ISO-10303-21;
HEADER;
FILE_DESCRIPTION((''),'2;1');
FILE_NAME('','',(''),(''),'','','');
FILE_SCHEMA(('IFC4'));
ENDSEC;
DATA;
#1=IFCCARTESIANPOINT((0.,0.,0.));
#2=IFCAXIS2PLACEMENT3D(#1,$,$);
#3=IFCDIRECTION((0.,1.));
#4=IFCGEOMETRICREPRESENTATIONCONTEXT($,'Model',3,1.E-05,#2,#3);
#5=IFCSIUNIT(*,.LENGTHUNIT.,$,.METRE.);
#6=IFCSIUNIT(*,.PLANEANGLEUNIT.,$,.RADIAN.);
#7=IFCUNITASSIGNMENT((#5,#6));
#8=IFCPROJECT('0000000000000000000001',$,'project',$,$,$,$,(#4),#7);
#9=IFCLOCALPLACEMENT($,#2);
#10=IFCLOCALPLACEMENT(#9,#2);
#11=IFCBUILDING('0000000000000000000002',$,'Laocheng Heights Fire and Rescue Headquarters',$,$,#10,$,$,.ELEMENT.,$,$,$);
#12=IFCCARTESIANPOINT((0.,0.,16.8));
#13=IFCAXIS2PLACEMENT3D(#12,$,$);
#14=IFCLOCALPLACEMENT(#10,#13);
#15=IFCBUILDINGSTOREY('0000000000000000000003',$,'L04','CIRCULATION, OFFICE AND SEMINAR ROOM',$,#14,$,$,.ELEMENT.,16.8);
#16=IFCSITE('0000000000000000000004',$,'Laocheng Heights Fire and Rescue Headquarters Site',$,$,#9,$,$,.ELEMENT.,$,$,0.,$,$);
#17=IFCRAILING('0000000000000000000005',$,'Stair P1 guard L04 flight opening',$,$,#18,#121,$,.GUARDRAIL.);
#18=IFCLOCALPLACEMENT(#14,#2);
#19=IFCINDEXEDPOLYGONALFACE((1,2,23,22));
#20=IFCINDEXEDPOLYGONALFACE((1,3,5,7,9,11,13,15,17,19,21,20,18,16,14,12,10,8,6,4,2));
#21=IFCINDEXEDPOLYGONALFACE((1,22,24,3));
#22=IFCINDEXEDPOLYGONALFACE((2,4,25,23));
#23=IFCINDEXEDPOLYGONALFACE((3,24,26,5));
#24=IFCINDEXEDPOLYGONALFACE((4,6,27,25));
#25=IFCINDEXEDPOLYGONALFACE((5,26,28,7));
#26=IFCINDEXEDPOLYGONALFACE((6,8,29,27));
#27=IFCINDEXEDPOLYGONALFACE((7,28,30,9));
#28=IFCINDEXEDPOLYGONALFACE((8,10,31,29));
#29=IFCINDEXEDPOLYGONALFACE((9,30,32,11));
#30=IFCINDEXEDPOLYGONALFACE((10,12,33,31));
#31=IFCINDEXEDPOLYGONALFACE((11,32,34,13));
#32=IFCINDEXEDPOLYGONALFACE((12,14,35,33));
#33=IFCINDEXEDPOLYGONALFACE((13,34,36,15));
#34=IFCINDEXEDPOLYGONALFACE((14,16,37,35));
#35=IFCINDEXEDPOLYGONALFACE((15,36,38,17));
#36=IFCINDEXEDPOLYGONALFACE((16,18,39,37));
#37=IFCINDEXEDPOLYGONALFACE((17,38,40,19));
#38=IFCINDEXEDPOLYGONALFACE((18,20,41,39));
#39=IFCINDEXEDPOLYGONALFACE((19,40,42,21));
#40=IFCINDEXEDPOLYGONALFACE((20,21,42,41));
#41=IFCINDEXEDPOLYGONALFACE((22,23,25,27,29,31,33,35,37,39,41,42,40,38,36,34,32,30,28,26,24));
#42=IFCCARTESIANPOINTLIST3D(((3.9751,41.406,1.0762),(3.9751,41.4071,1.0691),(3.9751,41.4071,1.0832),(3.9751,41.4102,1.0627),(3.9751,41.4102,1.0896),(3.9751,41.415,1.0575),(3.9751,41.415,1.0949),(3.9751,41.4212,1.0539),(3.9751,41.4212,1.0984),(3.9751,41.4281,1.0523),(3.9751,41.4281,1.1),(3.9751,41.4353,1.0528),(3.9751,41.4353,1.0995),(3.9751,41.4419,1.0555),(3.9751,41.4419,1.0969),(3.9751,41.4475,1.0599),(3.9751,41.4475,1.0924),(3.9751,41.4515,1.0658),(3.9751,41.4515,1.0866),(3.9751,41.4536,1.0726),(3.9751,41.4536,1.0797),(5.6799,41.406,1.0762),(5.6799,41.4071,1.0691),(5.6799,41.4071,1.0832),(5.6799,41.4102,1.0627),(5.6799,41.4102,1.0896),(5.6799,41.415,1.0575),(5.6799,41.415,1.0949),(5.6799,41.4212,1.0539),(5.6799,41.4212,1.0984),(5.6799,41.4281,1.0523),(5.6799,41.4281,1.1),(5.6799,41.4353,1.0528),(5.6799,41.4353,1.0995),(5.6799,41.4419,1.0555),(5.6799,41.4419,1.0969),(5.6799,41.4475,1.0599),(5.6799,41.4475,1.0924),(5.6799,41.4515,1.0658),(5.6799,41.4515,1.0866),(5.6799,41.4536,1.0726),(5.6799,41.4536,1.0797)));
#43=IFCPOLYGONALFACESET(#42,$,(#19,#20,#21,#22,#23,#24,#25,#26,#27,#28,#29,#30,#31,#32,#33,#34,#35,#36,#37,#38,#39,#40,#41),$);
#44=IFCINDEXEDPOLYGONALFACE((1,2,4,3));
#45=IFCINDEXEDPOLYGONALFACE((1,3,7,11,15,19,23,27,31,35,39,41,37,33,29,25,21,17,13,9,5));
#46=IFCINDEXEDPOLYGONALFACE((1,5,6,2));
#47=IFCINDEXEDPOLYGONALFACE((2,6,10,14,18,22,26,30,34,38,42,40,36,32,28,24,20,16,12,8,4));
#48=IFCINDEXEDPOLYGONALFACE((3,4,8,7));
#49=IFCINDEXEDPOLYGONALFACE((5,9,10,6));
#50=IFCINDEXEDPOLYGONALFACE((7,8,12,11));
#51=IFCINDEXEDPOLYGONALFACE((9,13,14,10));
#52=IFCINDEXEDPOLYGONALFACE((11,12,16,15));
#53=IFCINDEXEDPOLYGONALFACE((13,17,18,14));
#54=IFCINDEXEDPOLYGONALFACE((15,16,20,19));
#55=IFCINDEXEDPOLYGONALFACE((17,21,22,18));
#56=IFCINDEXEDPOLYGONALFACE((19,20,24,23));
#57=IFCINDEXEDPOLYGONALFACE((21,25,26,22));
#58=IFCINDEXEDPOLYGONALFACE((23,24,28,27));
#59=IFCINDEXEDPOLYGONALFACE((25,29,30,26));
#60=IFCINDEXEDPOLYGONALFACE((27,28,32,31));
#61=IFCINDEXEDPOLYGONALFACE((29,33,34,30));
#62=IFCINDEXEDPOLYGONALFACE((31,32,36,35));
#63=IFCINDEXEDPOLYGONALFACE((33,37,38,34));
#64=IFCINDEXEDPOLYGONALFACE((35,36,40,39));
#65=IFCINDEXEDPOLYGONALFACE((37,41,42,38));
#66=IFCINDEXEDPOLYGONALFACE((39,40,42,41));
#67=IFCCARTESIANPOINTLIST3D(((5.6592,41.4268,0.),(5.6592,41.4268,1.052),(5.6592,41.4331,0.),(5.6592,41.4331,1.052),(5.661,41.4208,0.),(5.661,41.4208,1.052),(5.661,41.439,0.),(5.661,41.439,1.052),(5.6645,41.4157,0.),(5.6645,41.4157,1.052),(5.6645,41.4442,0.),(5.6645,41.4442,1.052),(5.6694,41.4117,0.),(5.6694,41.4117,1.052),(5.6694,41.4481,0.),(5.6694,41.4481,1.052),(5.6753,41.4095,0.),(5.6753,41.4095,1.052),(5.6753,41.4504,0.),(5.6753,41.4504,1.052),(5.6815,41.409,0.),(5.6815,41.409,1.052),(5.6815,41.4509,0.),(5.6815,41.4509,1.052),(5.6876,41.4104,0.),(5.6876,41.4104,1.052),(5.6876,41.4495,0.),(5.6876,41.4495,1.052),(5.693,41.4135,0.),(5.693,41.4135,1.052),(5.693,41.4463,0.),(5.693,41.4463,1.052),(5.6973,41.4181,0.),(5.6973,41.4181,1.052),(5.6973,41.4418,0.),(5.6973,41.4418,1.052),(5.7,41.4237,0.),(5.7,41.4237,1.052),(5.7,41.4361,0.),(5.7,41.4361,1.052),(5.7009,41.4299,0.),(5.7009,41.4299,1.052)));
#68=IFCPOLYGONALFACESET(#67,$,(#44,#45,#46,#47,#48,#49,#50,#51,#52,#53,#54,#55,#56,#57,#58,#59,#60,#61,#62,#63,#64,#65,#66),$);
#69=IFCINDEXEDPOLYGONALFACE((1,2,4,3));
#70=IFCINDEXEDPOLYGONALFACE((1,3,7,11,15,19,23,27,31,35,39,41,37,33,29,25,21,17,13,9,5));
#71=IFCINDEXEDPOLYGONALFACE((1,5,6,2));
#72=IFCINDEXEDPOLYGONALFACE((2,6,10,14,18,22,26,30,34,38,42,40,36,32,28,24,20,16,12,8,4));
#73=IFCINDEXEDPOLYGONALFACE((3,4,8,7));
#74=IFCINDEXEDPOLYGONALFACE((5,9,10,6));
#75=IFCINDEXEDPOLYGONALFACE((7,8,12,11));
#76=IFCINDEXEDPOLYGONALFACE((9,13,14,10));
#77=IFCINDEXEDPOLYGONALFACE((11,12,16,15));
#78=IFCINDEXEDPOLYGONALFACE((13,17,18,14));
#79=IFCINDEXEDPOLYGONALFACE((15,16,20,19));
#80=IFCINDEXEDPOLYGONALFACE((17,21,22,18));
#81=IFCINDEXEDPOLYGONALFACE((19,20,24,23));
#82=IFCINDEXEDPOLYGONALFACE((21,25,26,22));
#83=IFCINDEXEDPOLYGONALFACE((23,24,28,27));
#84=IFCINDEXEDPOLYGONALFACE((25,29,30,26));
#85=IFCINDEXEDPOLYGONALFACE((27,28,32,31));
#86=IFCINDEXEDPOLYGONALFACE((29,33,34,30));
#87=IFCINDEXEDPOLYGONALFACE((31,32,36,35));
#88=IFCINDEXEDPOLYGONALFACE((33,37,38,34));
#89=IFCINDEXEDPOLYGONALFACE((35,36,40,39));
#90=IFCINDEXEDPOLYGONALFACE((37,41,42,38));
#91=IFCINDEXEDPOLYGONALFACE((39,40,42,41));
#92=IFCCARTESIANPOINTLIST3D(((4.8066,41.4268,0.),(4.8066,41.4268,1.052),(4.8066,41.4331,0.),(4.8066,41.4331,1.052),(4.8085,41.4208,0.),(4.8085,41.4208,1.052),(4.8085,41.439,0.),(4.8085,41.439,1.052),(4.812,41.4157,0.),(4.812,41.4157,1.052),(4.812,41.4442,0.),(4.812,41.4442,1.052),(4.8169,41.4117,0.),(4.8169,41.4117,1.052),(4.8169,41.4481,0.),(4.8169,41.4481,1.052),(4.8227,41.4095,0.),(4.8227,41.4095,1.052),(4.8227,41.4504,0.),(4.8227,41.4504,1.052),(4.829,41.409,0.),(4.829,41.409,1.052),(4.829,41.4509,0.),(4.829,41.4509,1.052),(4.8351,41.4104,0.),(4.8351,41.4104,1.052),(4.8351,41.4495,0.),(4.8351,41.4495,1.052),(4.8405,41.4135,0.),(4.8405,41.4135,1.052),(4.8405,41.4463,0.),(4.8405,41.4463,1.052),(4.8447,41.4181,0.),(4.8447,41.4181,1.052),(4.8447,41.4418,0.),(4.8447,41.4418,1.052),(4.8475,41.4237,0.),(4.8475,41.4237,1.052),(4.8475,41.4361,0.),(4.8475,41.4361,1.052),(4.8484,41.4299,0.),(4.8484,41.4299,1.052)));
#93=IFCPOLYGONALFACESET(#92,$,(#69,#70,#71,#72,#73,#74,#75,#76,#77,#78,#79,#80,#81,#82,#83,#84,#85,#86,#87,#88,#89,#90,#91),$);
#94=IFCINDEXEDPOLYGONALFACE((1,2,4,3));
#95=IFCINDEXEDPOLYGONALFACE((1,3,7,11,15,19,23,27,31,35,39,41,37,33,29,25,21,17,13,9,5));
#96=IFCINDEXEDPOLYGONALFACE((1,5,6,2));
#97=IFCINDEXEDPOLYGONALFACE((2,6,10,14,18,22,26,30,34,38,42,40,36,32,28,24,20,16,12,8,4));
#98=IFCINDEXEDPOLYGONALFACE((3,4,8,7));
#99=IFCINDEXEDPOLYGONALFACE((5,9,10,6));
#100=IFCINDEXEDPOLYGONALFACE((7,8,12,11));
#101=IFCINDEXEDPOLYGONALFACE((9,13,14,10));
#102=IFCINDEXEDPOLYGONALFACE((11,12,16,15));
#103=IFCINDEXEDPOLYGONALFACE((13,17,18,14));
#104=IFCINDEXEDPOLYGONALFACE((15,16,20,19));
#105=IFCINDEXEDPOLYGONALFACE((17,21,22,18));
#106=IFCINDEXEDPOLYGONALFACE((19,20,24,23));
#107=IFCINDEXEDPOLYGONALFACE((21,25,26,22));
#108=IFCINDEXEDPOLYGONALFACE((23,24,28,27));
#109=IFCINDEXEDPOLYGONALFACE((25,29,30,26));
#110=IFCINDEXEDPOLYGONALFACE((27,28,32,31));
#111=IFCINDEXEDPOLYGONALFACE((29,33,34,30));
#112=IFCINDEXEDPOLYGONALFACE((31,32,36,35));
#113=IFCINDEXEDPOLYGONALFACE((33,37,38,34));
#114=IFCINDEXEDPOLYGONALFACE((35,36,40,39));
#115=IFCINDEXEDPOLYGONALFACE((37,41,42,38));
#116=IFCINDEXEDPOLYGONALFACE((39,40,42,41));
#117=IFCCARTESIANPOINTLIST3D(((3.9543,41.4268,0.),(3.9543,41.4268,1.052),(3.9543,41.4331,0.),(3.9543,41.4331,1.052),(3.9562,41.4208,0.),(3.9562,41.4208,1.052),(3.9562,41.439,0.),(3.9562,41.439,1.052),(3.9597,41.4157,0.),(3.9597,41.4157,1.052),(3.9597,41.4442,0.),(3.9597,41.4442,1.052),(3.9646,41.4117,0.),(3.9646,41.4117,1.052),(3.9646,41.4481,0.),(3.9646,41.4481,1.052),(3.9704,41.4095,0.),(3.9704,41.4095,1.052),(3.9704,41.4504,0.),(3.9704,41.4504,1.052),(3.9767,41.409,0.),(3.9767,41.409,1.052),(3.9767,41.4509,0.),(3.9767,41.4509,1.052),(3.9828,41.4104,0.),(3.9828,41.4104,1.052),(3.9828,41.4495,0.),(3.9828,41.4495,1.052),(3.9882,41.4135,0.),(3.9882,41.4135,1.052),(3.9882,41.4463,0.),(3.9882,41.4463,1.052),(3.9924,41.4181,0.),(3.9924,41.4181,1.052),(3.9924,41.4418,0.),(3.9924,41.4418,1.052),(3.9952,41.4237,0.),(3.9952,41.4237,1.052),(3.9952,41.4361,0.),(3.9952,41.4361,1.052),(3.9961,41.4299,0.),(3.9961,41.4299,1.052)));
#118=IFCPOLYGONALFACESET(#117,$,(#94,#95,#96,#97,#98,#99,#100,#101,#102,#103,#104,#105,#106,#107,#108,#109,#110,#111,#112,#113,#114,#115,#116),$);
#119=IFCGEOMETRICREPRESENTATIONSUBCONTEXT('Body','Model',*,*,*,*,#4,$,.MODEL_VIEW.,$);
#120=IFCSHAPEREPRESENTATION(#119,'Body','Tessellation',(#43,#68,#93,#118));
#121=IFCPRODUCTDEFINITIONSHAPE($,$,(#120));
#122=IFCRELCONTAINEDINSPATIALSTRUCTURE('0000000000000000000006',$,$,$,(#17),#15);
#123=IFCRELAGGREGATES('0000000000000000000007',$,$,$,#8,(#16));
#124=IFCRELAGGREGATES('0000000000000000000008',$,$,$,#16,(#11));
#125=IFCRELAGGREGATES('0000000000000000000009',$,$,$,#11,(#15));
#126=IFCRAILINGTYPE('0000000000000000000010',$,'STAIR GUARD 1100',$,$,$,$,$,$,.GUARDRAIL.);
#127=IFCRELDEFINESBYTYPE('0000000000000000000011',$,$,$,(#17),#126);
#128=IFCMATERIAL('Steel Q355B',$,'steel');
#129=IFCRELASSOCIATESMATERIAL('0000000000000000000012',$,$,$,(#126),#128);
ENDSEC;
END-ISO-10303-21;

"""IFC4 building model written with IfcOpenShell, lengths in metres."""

from ifc_helpers import new_model, si_unit, direction, frame, origin, origin_2d, place, context, subcontext, project, spatial, circle, extrude, material, type_object, element, save


model = new_model("IFC4")

# Units and contexts
model_context = context("Model", 3, precision=1e-05, world=origin(), true_north=direction((0.0, 1.0)))
body_context = subcontext(model_context, "Body", "Model", "MODEL_VIEW")
ifc_project = project(units=[si_unit("LENGTHUNIT", "METRE"), si_unit("PLANEANGLEUNIT", "RADIAN")], contexts=[model_context])

# Site, building, storey
site_placement = place(None, origin())
site = spatial("IfcSite", under=ifc_project, at=site_placement, Name="Laocheng Heights Fire and Rescue Headquarters Site", CompositionType="ELEMENT", RefElevation=0.0)
building_placement = place(site_placement, origin())
building = spatial("IfcBuilding", under=site, at=building_placement, Name="Laocheng Heights Fire and Rescue Headquarters", CompositionType="ELEMENT")
storey_placement = place(building_placement, frame((0.0, 0.0, 16.8)))
storey = spatial("IfcBuildingStorey", under=building, at=storey_placement, Name="L04", Description="CIRCULATION, OFFICE AND SEMINAR ROOM", CompositionType="ELEMENT", Elevation=16.8)

# Railing
ifc_material_1 = material(Name="Steel Q355B", Category="steel")
railing_type = type_object("IfcRailingType", Name="STAIR GUARD 1100", PredefinedType="GUARDRAIL", material=ifc_material_1)
railing_1_placement = place(storey_placement, frame((5.6799, 41.4299, 0.0)))
element("IfcRailing", 1, at=railing_1_placement, inside=storey, type_object=railing_type, Name="Stair P1 guard L04 flight opening", PredefinedType="GUARDRAIL", context=body_context, shape_type="SweptSolid", body=[
    extrude(circle(Radius=0.0239, at=origin_2d()), frame((0.0, 0.0, 1.0762), z_axis=(-1.0, 0.0, 0.0), x_axis=(0.0, -1.0, 0.0)), (0.0, 0.0, 1.0), 1.7048),
    extrude(circle(Radius=0.021, at=origin_2d()), origin(), (0.0, 0.0, 1.0), 1.052),
    extrude(circle(Radius=0.021, at=origin_2d()), frame((-0.8525, 0.0, 0.0)), (0.0, 0.0, 1.0), 1.052),
    extrude(circle(Radius=0.021, at=origin_2d()), frame((-1.7048, 0.0, 0.0)), (0.0, 0.0, 1.0), 1.052),
])

save(model, "model.ifc")
